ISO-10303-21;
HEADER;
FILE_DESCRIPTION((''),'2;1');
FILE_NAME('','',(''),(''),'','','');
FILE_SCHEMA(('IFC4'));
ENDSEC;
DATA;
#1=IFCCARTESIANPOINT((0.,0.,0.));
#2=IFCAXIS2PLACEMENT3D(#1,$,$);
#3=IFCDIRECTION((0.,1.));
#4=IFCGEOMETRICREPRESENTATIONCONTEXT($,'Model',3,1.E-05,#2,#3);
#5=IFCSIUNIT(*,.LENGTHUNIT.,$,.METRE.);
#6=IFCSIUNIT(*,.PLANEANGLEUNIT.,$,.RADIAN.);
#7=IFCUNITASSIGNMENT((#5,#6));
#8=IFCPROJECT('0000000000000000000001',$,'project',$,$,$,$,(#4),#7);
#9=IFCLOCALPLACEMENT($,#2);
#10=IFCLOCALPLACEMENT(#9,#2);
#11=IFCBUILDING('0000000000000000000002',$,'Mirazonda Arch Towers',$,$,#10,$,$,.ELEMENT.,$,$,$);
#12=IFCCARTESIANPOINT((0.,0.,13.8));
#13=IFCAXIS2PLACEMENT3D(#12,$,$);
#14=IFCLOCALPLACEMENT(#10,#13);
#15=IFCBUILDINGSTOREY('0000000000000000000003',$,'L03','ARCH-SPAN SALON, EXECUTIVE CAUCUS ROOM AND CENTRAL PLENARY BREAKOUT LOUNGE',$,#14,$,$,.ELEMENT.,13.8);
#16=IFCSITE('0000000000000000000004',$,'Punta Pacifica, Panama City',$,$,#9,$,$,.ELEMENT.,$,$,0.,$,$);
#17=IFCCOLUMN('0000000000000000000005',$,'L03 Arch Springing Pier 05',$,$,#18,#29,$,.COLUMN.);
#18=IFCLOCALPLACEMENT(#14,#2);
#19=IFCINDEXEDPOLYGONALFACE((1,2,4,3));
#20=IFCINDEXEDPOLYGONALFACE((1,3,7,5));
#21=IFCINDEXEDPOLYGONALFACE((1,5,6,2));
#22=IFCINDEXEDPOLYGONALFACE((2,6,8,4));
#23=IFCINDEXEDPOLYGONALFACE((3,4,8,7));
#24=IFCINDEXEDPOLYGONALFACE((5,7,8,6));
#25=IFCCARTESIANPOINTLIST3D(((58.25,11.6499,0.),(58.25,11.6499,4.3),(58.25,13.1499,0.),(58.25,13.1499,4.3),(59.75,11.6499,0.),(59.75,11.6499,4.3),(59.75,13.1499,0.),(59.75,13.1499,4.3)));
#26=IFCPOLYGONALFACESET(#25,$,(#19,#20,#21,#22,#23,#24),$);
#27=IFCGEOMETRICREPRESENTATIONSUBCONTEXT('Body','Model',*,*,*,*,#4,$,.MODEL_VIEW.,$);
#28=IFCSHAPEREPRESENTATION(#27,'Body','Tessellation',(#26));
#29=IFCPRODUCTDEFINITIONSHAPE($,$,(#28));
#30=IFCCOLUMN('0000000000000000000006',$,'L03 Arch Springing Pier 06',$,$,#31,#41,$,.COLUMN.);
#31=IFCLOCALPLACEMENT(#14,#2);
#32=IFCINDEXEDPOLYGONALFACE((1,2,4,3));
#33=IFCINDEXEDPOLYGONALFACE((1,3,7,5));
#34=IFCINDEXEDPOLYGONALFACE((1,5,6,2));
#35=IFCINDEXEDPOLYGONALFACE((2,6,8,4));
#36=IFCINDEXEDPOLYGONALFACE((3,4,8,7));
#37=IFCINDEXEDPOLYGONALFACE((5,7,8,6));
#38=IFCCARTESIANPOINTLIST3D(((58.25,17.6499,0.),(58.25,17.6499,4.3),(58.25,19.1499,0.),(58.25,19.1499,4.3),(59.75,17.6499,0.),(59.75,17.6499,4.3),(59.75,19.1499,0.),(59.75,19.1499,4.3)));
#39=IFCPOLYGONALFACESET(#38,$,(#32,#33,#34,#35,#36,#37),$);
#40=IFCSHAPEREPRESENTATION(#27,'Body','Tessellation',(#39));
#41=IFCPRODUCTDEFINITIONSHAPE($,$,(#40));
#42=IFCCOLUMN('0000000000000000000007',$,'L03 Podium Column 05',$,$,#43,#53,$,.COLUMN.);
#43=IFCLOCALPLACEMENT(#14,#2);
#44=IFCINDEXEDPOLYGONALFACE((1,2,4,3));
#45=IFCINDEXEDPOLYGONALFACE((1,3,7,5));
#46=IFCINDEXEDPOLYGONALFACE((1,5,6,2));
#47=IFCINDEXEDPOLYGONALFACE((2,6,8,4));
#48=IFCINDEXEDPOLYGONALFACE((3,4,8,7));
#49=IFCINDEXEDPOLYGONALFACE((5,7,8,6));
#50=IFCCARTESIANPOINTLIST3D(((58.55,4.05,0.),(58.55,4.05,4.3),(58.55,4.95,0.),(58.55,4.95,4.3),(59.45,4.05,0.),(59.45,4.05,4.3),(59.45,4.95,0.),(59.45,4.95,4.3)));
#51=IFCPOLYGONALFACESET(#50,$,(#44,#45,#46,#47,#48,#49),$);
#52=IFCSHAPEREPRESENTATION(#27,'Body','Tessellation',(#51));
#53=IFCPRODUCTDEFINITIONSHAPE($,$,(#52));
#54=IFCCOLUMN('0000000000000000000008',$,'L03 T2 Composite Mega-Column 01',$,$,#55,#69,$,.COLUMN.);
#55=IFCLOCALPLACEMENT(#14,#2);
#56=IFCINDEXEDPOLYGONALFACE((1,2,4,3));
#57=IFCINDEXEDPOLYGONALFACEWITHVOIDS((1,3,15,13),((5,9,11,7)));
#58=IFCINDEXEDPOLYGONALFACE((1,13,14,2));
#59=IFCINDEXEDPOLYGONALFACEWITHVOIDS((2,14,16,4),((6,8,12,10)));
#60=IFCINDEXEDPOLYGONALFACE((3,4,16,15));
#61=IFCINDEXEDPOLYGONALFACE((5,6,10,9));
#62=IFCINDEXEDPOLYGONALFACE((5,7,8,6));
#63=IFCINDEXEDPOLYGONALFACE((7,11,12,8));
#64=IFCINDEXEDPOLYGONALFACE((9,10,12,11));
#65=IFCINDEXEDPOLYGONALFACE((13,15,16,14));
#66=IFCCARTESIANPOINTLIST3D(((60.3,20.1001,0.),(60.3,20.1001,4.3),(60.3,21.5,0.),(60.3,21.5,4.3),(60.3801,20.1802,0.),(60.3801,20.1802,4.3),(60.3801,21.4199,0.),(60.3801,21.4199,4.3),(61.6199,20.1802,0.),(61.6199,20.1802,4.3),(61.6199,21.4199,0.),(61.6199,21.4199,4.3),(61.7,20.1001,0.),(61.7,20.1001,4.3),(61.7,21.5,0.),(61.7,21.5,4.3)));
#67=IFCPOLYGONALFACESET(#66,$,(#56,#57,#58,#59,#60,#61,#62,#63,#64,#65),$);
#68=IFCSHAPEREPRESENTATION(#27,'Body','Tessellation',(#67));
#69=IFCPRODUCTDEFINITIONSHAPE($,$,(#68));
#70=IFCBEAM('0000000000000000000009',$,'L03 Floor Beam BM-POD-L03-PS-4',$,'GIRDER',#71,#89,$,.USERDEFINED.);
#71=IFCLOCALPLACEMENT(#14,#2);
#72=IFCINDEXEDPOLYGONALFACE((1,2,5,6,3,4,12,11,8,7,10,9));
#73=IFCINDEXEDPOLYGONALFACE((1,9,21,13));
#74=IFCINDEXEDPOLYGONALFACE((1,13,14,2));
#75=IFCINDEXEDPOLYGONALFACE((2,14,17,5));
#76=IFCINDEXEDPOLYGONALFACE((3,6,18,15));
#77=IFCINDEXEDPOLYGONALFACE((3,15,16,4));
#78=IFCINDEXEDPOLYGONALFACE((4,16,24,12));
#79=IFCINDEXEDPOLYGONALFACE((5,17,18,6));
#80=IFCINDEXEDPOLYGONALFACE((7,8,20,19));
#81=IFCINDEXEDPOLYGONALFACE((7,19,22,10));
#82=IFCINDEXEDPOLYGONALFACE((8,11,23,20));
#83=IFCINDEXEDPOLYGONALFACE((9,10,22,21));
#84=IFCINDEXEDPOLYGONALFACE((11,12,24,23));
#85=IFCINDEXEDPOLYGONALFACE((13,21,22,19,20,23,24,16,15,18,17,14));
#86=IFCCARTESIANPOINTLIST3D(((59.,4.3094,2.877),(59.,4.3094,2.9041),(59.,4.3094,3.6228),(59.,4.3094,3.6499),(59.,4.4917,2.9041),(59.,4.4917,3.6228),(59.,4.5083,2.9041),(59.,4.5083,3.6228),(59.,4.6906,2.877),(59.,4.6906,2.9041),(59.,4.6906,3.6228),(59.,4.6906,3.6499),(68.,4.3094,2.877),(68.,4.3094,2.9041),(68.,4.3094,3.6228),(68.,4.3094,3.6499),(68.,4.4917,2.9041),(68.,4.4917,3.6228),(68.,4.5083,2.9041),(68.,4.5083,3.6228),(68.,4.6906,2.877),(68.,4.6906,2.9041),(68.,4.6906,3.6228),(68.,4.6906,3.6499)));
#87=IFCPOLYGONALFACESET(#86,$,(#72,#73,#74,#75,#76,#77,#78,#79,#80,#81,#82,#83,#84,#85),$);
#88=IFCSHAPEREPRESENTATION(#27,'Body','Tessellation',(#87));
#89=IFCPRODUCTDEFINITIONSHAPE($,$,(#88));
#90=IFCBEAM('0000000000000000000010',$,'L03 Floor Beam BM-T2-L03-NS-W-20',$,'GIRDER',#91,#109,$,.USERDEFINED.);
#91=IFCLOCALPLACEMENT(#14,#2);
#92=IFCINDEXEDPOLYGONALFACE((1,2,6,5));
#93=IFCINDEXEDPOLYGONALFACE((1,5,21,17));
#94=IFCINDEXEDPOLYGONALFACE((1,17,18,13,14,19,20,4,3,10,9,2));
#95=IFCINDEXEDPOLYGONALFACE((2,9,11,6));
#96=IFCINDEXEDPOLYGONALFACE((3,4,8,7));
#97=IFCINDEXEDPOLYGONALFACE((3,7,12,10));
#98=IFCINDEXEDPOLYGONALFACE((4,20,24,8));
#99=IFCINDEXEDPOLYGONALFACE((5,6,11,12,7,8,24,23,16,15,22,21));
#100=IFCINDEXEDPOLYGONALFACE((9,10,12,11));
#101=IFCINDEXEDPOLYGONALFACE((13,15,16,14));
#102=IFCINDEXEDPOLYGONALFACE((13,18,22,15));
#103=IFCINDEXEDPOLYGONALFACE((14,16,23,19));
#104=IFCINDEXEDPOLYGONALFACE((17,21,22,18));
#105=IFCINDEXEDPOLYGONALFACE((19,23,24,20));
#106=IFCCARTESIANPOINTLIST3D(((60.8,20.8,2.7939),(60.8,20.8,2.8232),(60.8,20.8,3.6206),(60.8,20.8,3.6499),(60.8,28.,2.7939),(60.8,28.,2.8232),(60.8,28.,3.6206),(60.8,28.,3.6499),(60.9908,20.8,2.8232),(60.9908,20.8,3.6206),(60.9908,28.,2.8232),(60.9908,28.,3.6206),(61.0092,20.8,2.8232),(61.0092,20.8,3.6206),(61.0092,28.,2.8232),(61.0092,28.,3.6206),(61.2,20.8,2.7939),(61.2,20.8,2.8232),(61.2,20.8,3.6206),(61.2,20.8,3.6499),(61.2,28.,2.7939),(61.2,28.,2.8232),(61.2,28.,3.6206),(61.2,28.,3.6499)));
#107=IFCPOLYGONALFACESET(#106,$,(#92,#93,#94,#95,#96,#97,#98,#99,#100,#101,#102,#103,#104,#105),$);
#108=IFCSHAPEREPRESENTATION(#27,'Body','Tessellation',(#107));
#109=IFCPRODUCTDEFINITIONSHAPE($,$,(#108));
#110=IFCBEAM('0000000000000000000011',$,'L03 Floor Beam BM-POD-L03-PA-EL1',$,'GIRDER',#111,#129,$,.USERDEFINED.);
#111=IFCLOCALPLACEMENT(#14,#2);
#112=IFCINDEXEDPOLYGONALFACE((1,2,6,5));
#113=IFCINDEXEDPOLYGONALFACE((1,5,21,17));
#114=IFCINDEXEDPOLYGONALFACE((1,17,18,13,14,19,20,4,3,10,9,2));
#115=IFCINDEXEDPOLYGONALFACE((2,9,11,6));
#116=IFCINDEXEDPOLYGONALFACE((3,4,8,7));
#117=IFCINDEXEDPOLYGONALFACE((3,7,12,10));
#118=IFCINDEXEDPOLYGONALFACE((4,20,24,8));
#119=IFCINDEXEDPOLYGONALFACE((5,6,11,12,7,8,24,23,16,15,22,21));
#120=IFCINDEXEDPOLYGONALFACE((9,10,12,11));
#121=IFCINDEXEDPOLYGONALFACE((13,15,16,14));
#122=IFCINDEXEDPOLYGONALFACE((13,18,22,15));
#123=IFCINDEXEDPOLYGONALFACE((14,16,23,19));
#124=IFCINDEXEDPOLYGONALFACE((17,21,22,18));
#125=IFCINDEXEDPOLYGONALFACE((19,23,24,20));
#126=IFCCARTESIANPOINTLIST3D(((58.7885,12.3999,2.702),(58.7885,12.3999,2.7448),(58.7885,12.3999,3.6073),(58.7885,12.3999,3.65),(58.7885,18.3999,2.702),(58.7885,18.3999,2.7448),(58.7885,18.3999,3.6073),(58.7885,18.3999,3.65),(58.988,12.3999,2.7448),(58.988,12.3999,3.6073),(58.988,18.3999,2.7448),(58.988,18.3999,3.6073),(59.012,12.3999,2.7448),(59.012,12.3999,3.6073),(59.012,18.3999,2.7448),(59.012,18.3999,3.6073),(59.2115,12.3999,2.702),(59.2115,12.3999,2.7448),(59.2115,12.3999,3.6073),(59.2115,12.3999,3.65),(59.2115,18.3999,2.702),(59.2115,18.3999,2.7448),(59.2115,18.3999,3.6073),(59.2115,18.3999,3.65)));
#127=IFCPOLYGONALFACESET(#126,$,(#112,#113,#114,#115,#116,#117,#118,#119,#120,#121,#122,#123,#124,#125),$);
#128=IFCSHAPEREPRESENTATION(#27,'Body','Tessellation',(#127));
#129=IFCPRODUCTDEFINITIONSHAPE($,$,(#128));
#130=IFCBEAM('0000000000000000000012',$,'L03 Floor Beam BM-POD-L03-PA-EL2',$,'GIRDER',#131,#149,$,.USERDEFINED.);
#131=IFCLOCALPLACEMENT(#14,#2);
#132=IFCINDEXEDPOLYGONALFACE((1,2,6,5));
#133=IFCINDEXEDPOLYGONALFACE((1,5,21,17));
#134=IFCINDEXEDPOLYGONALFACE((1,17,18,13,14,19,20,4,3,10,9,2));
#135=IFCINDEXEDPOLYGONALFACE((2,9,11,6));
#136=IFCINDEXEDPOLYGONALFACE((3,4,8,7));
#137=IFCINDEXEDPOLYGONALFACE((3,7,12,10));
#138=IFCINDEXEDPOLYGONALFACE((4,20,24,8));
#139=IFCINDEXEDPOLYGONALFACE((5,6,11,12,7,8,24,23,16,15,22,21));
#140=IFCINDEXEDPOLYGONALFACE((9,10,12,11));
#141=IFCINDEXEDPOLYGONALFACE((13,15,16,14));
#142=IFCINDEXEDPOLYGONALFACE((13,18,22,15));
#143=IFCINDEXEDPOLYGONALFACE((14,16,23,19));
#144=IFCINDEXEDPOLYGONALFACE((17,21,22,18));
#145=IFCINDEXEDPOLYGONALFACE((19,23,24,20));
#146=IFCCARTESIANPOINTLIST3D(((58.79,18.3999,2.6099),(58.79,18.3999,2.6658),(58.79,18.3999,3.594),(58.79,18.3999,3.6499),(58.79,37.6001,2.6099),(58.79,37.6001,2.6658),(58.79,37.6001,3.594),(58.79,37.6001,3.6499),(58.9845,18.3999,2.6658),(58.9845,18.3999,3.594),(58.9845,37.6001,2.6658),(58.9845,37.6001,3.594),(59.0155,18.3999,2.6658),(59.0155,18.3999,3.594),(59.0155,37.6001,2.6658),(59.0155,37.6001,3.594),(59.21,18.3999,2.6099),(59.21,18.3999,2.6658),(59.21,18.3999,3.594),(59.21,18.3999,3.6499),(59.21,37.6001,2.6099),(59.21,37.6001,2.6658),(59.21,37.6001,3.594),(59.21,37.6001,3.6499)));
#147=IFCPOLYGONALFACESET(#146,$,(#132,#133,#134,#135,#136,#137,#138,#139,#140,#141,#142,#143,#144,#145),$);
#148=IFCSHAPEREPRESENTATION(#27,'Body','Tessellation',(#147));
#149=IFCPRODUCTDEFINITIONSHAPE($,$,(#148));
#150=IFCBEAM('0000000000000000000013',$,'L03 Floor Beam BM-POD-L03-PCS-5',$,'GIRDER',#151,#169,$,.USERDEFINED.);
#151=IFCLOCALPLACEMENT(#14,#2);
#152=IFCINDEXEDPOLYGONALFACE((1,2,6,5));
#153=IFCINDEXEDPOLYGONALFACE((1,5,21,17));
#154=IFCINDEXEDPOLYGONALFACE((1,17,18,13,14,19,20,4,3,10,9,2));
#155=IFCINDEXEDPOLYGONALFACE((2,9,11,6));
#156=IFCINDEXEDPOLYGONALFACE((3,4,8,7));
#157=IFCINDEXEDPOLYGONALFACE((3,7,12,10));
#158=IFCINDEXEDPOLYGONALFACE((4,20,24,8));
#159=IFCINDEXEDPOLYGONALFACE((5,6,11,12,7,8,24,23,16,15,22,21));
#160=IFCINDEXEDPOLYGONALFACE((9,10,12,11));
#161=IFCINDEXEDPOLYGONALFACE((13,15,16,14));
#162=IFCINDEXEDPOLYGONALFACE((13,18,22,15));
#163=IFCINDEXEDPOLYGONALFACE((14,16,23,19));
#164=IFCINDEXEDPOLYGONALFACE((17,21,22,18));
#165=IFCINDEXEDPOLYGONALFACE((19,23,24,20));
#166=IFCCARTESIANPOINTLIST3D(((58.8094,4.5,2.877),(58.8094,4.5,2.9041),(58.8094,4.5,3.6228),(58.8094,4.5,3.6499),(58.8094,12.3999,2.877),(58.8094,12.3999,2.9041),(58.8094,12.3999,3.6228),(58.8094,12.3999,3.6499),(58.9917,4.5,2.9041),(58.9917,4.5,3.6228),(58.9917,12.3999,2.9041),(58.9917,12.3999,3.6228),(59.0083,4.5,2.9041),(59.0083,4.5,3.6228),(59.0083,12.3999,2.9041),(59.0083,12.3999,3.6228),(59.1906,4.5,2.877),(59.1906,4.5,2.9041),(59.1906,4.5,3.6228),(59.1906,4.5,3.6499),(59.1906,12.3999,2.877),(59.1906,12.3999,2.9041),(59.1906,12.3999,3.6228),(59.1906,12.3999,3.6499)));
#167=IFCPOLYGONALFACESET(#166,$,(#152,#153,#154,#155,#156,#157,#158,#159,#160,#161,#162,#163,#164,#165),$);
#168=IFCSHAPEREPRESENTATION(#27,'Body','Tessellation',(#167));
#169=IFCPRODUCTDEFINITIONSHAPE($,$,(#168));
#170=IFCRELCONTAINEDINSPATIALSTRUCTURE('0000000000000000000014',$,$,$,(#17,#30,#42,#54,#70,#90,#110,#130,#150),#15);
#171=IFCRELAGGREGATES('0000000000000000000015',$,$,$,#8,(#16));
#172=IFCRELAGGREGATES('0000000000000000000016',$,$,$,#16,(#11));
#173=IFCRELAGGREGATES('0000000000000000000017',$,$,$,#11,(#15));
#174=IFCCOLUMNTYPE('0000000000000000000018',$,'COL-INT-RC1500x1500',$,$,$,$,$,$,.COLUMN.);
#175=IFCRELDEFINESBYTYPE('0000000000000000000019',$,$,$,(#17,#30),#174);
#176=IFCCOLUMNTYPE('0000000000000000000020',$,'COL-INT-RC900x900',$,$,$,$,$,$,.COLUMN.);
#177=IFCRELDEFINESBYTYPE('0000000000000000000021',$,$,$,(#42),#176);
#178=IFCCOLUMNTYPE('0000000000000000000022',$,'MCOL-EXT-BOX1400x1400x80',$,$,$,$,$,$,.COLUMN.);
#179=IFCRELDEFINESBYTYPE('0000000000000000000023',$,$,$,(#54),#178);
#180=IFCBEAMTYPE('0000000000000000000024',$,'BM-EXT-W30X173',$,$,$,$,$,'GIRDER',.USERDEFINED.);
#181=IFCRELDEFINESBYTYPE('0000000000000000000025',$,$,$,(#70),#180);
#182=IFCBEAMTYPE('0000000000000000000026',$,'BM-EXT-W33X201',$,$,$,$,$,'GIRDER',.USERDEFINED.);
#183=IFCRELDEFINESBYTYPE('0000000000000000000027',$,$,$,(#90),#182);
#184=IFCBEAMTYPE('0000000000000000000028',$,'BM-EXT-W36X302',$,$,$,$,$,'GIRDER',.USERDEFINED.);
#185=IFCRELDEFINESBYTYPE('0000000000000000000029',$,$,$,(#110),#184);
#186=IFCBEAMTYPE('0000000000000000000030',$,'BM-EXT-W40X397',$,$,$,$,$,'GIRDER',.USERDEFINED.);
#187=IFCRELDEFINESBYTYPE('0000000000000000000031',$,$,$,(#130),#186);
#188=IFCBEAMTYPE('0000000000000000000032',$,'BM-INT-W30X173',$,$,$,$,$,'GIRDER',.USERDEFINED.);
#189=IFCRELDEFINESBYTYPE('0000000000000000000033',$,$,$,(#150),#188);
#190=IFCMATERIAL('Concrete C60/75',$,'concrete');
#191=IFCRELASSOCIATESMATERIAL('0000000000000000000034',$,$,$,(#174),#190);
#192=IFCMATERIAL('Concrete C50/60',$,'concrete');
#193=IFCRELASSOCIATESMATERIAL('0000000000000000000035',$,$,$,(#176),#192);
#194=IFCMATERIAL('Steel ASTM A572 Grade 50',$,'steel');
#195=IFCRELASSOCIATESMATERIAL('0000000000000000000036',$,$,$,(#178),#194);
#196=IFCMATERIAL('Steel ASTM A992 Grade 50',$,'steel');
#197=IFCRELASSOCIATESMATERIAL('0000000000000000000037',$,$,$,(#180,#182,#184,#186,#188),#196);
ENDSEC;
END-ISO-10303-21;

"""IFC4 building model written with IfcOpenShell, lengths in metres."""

from ifc_helpers import new_model, si_unit, direction, frame, origin, origin_2d, place, context, subcontext, project, spatial, rectangle, hollow_rectangle, i_section, extrude, material, material_profile, profile_set, type_object, element, save


model = new_model("IFC4")

# Units and contexts
model_context = context("Model", 3, precision=1e-05, world=origin(), true_north=direction((0.0, 1.0)))
body_context = subcontext(model_context, "Body", "Model", "MODEL_VIEW")
ifc_project = project(units=[si_unit("LENGTHUNIT", "METRE"), si_unit("PLANEANGLEUNIT", "RADIAN")], contexts=[model_context])

# Site, building, storey
site_placement = place(None, origin())
site = spatial("IfcSite", under=ifc_project, at=site_placement, Name="Punta Pacifica, Panama City", CompositionType="ELEMENT", RefElevation=0.0)
building_placement = place(site_placement, origin())
building = spatial("IfcBuilding", under=site, at=building_placement, Name="Mirazonda Arch Towers", CompositionType="ELEMENT")
storey_placement = place(building_placement, frame((0.0, 0.0, 13.8)))
storey = spatial("IfcBuildingStorey", under=building, at=storey_placement, Name="L03", Description="ARCH-SPAN SALON, EXECUTIVE CAUCUS ROOM AND CENTRAL PLENARY BREAKOUT LOUNGE", CompositionType="ELEMENT", Elevation=13.8)

# Columns
ifc_material_1 = material(Name="Concrete C60/75", Category="concrete")
ifc_material_profile_1 = material_profile(ifc_material_1, rectangle(XDim=1.5, YDim=1.5, at=origin_2d()), Name="RC1500x1500")
ifc_profile_set_1 = profile_set([ifc_material_profile_1], Name="Concrete C60/75")
column_type_1 = type_object("IfcColumnType", Name="COL-INT-RC1500x1500", PredefinedType="COLUMN", material=ifc_profile_set_1)
for number, where, z_axis, x_axis, name in (
    (1, (59.0, 12.3999, 0.0), (0.0, 0.0, 1.0), (1.0, 0.0, 0.0), "L03 Arch Springing Pier 05"),
    (2, (59.0, 18.3999, 0.0), (0.0, 0.0, 1.0), (1.0, 0.0, 0.0), "L03 Arch Springing Pier 06"),
):
    element("IfcColumn", number, at=place(storey_placement, frame(where, z_axis=z_axis, x_axis=x_axis)), inside=storey, type_object=column_type_1, Name=name, PredefinedType="COLUMN", context=body_context, shape_type="SweptSolid", body=[
        extrude(rectangle(XDim=1.5, YDim=1.5, at=origin_2d()), origin(), (0.0, 0.0, 1.0), 4.3),
    ])
ifc_material_2 = material(Name="Concrete C50/60", Category="concrete")
ifc_material_profile_2 = material_profile(ifc_material_2, rectangle(XDim=0.8999, YDim=0.8999, at=origin_2d()), Name="RC900x900")
ifc_profile_set_2 = profile_set([ifc_material_profile_2], Name="Concrete C50/60")
column_type_2 = type_object("IfcColumnType", Name="COL-INT-RC900x900", PredefinedType="COLUMN", material=ifc_profile_set_2)
column_1_placement = place(storey_placement, frame((59.0, 4.5, 0.0), z_axis=(0.0, 0.0, 1.0), x_axis=(1.0, 0.0, 0.0)))
element("IfcColumn", 3, at=column_1_placement, inside=storey, type_object=column_type_2, Name="L03 Podium Column 05", PredefinedType="COLUMN", context=body_context, shape_type="SweptSolid", body=[
    extrude(rectangle(XDim=0.8999, YDim=0.8999, at=origin_2d()), origin(), (0.0, 0.0, 1.0), 4.3),
])
ifc_material_3 = material(Name="Steel ASTM A572 Grade 50", Category="steel")
ifc_material_profile_3 = material_profile(ifc_material_3, hollow_rectangle(XDim=1.3999, YDim=1.3999, WallThickness=0.0801, at=origin_2d()), Name="BOX1400x1400x80")
ifc_profile_set_3 = profile_set([ifc_material_profile_3], Name="Steel ASTM A572 Grade 50")
column_type_3 = type_object("IfcColumnType", Name="MCOL-EXT-BOX1400x1400x80", PredefinedType="COLUMN", material=ifc_profile_set_3)
column_2_placement = place(storey_placement, frame((61.0, 20.8, 0.0), z_axis=(0.0, 0.0, 1.0), x_axis=(1.0, 0.0, 0.0)))
element("IfcColumn", 4, at=column_2_placement, inside=storey, type_object=column_type_3, Name="L03 T2 Composite Mega-Column 01", PredefinedType="COLUMN", context=body_context, shape_type="SweptSolid", body=[
    extrude(hollow_rectangle(XDim=1.3999, YDim=1.3999, WallThickness=0.0801, at=origin_2d()), origin(), (0.0, 0.0, 1.0), 4.3),
])

# Beams
ifc_material_4 = material(Name="Steel ASTM A992 Grade 50", Category="steel")
ifc_material_profile_4 = material_profile(ifc_material_4, i_section(OverallWidth=0.3811, OverallDepth=0.7729, WebThickness=0.0166, FlangeThickness=0.0271, at=origin_2d()), Name="W30X173")
ifc_profile_set_4 = profile_set([ifc_material_profile_4], Name="Steel ASTM A992 Grade 50")
beam_type_1 = type_object("IfcBeamType", Name="BM-EXT-W30X173", ElementType="GIRDER", PredefinedType="USERDEFINED", material=ifc_profile_set_4)
beam_1_placement = place(storey_placement, frame((59.0, 4.5, 3.2634), z_axis=(1.0, 0.0, 0.0), x_axis=(0.0, 1.0, 0.0)))
element("IfcBeam", 5, at=beam_1_placement, inside=storey, type_object=beam_type_1, Name="L03 Floor Beam BM-POD-L03-PS-4", ObjectType="GIRDER", PredefinedType="USERDEFINED", context=body_context, shape_type="SweptSolid", body=[
    extrude(i_section(OverallWidth=0.3811, OverallDepth=0.7729, WebThickness=0.0166, FlangeThickness=0.0271, at=origin_2d()), origin(), (0.0, 0.0, 1.0), 9.0),
])
ifc_material_profile_5 = material_profile(ifc_material_4, i_section(OverallWidth=0.3999, OverallDepth=0.856, WebThickness=0.0183, FlangeThickness=0.0293, at=origin_2d()), Name="W33X201")
ifc_profile_set_5 = profile_set([ifc_material_profile_5], Name="Steel ASTM A992 Grade 50")
beam_type_2 = type_object("IfcBeamType", Name="BM-EXT-W33X201", ElementType="GIRDER", PredefinedType="USERDEFINED", material=ifc_profile_set_5)
beam_2_placement = place(storey_placement, frame((61.0, 20.8, 3.2219), z_axis=(0.0, 1.0, 0.0), x_axis=(-1.0, 0.0, 0.0)))
element("IfcBeam", 6, at=beam_2_placement, inside=storey, type_object=beam_type_2, Name="L03 Floor Beam BM-T2-L03-NS-W-20", ObjectType="GIRDER", PredefinedType="USERDEFINED", context=body_context, shape_type="SweptSolid", body=[
    extrude(i_section(OverallWidth=0.3999, OverallDepth=0.856, WebThickness=0.0183, FlangeThickness=0.0293, at=origin_2d()), origin(), (0.0, 0.0, 1.0), 7.2),
])
ifc_material_profile_6 = material_profile(ifc_material_4, i_section(OverallWidth=0.4231, OverallDepth=0.948, WebThickness=0.0239, FlangeThickness=0.0427, at=origin_2d()), Name="W36X302")
ifc_profile_set_6 = profile_set([ifc_material_profile_6], Name="Steel ASTM A992 Grade 50")
beam_type_3 = type_object("IfcBeamType", Name="BM-EXT-W36X302", ElementType="GIRDER", PredefinedType="USERDEFINED", material=ifc_profile_set_6)
beam_3_placement = place(storey_placement, frame((59.0, 12.3999, 3.176), z_axis=(0.0, 1.0, 0.0), x_axis=(-1.0, 0.0, 0.0)))
element("IfcBeam", 7, at=beam_3_placement, inside=storey, type_object=beam_type_3, Name="L03 Floor Beam BM-POD-L03-PA-EL1", ObjectType="GIRDER", PredefinedType="USERDEFINED", context=body_context, shape_type="SweptSolid", body=[
    extrude(i_section(OverallWidth=0.4231, OverallDepth=0.948, WebThickness=0.0239, FlangeThickness=0.0427, at=origin_2d()), origin(), (0.0, 0.0, 1.0), 6.0),
])
ifc_material_profile_7 = material_profile(ifc_material_4, i_section(OverallWidth=0.4199, OverallDepth=1.04, WebThickness=0.031, FlangeThickness=0.0559, at=origin_2d()), Name="W40X397")
ifc_profile_set_7 = profile_set([ifc_material_profile_7], Name="Steel ASTM A992 Grade 50")
beam_type_4 = type_object("IfcBeamType", Name="BM-EXT-W40X397", ElementType="GIRDER", PredefinedType="USERDEFINED", material=ifc_profile_set_7)
beam_4_placement = place(storey_placement, frame((59.0, 18.3999, 3.1299), z_axis=(0.0, 1.0, 0.0), x_axis=(-1.0, 0.0, 0.0)))
element("IfcBeam", 8, at=beam_4_placement, inside=storey, type_object=beam_type_4, Name="L03 Floor Beam BM-POD-L03-PA-EL2", ObjectType="GIRDER", PredefinedType="USERDEFINED", context=body_context, shape_type="SweptSolid", body=[
    extrude(i_section(OverallWidth=0.4199, OverallDepth=1.04, WebThickness=0.031, FlangeThickness=0.0559, at=origin_2d()), origin(), (0.0, 0.0, 1.0), 19.2002),
])
ifc_material_profile_8 = material_profile(ifc_material_4, i_section(OverallWidth=0.3811, OverallDepth=0.7729, WebThickness=0.0166, FlangeThickness=0.0271, at=origin_2d()), Name="W30X173")
ifc_profile_set_8 = profile_set([ifc_material_profile_8], Name="Steel ASTM A992 Grade 50")
beam_type_5 = type_object("IfcBeamType", Name="BM-INT-W30X173", ElementType="GIRDER", PredefinedType="USERDEFINED", material=ifc_profile_set_8)
beam_5_placement = place(storey_placement, frame((59.0, 4.5, 3.2634), z_axis=(0.0, 1.0, 0.0), x_axis=(-1.0, 0.0, 0.0)))
element("IfcBeam", 9, at=beam_5_placement, inside=storey, type_object=beam_type_5, Name="L03 Floor Beam BM-POD-L03-PCS-5", ObjectType="GIRDER", PredefinedType="USERDEFINED", context=body_context, shape_type="SweptSolid", body=[
    extrude(i_section(OverallWidth=0.3811, OverallDepth=0.7729, WebThickness=0.0166, FlangeThickness=0.0271, at=origin_2d()), origin(), (0.0, 0.0, 1.0), 7.8999),
])

save(model, "model.ifc")
